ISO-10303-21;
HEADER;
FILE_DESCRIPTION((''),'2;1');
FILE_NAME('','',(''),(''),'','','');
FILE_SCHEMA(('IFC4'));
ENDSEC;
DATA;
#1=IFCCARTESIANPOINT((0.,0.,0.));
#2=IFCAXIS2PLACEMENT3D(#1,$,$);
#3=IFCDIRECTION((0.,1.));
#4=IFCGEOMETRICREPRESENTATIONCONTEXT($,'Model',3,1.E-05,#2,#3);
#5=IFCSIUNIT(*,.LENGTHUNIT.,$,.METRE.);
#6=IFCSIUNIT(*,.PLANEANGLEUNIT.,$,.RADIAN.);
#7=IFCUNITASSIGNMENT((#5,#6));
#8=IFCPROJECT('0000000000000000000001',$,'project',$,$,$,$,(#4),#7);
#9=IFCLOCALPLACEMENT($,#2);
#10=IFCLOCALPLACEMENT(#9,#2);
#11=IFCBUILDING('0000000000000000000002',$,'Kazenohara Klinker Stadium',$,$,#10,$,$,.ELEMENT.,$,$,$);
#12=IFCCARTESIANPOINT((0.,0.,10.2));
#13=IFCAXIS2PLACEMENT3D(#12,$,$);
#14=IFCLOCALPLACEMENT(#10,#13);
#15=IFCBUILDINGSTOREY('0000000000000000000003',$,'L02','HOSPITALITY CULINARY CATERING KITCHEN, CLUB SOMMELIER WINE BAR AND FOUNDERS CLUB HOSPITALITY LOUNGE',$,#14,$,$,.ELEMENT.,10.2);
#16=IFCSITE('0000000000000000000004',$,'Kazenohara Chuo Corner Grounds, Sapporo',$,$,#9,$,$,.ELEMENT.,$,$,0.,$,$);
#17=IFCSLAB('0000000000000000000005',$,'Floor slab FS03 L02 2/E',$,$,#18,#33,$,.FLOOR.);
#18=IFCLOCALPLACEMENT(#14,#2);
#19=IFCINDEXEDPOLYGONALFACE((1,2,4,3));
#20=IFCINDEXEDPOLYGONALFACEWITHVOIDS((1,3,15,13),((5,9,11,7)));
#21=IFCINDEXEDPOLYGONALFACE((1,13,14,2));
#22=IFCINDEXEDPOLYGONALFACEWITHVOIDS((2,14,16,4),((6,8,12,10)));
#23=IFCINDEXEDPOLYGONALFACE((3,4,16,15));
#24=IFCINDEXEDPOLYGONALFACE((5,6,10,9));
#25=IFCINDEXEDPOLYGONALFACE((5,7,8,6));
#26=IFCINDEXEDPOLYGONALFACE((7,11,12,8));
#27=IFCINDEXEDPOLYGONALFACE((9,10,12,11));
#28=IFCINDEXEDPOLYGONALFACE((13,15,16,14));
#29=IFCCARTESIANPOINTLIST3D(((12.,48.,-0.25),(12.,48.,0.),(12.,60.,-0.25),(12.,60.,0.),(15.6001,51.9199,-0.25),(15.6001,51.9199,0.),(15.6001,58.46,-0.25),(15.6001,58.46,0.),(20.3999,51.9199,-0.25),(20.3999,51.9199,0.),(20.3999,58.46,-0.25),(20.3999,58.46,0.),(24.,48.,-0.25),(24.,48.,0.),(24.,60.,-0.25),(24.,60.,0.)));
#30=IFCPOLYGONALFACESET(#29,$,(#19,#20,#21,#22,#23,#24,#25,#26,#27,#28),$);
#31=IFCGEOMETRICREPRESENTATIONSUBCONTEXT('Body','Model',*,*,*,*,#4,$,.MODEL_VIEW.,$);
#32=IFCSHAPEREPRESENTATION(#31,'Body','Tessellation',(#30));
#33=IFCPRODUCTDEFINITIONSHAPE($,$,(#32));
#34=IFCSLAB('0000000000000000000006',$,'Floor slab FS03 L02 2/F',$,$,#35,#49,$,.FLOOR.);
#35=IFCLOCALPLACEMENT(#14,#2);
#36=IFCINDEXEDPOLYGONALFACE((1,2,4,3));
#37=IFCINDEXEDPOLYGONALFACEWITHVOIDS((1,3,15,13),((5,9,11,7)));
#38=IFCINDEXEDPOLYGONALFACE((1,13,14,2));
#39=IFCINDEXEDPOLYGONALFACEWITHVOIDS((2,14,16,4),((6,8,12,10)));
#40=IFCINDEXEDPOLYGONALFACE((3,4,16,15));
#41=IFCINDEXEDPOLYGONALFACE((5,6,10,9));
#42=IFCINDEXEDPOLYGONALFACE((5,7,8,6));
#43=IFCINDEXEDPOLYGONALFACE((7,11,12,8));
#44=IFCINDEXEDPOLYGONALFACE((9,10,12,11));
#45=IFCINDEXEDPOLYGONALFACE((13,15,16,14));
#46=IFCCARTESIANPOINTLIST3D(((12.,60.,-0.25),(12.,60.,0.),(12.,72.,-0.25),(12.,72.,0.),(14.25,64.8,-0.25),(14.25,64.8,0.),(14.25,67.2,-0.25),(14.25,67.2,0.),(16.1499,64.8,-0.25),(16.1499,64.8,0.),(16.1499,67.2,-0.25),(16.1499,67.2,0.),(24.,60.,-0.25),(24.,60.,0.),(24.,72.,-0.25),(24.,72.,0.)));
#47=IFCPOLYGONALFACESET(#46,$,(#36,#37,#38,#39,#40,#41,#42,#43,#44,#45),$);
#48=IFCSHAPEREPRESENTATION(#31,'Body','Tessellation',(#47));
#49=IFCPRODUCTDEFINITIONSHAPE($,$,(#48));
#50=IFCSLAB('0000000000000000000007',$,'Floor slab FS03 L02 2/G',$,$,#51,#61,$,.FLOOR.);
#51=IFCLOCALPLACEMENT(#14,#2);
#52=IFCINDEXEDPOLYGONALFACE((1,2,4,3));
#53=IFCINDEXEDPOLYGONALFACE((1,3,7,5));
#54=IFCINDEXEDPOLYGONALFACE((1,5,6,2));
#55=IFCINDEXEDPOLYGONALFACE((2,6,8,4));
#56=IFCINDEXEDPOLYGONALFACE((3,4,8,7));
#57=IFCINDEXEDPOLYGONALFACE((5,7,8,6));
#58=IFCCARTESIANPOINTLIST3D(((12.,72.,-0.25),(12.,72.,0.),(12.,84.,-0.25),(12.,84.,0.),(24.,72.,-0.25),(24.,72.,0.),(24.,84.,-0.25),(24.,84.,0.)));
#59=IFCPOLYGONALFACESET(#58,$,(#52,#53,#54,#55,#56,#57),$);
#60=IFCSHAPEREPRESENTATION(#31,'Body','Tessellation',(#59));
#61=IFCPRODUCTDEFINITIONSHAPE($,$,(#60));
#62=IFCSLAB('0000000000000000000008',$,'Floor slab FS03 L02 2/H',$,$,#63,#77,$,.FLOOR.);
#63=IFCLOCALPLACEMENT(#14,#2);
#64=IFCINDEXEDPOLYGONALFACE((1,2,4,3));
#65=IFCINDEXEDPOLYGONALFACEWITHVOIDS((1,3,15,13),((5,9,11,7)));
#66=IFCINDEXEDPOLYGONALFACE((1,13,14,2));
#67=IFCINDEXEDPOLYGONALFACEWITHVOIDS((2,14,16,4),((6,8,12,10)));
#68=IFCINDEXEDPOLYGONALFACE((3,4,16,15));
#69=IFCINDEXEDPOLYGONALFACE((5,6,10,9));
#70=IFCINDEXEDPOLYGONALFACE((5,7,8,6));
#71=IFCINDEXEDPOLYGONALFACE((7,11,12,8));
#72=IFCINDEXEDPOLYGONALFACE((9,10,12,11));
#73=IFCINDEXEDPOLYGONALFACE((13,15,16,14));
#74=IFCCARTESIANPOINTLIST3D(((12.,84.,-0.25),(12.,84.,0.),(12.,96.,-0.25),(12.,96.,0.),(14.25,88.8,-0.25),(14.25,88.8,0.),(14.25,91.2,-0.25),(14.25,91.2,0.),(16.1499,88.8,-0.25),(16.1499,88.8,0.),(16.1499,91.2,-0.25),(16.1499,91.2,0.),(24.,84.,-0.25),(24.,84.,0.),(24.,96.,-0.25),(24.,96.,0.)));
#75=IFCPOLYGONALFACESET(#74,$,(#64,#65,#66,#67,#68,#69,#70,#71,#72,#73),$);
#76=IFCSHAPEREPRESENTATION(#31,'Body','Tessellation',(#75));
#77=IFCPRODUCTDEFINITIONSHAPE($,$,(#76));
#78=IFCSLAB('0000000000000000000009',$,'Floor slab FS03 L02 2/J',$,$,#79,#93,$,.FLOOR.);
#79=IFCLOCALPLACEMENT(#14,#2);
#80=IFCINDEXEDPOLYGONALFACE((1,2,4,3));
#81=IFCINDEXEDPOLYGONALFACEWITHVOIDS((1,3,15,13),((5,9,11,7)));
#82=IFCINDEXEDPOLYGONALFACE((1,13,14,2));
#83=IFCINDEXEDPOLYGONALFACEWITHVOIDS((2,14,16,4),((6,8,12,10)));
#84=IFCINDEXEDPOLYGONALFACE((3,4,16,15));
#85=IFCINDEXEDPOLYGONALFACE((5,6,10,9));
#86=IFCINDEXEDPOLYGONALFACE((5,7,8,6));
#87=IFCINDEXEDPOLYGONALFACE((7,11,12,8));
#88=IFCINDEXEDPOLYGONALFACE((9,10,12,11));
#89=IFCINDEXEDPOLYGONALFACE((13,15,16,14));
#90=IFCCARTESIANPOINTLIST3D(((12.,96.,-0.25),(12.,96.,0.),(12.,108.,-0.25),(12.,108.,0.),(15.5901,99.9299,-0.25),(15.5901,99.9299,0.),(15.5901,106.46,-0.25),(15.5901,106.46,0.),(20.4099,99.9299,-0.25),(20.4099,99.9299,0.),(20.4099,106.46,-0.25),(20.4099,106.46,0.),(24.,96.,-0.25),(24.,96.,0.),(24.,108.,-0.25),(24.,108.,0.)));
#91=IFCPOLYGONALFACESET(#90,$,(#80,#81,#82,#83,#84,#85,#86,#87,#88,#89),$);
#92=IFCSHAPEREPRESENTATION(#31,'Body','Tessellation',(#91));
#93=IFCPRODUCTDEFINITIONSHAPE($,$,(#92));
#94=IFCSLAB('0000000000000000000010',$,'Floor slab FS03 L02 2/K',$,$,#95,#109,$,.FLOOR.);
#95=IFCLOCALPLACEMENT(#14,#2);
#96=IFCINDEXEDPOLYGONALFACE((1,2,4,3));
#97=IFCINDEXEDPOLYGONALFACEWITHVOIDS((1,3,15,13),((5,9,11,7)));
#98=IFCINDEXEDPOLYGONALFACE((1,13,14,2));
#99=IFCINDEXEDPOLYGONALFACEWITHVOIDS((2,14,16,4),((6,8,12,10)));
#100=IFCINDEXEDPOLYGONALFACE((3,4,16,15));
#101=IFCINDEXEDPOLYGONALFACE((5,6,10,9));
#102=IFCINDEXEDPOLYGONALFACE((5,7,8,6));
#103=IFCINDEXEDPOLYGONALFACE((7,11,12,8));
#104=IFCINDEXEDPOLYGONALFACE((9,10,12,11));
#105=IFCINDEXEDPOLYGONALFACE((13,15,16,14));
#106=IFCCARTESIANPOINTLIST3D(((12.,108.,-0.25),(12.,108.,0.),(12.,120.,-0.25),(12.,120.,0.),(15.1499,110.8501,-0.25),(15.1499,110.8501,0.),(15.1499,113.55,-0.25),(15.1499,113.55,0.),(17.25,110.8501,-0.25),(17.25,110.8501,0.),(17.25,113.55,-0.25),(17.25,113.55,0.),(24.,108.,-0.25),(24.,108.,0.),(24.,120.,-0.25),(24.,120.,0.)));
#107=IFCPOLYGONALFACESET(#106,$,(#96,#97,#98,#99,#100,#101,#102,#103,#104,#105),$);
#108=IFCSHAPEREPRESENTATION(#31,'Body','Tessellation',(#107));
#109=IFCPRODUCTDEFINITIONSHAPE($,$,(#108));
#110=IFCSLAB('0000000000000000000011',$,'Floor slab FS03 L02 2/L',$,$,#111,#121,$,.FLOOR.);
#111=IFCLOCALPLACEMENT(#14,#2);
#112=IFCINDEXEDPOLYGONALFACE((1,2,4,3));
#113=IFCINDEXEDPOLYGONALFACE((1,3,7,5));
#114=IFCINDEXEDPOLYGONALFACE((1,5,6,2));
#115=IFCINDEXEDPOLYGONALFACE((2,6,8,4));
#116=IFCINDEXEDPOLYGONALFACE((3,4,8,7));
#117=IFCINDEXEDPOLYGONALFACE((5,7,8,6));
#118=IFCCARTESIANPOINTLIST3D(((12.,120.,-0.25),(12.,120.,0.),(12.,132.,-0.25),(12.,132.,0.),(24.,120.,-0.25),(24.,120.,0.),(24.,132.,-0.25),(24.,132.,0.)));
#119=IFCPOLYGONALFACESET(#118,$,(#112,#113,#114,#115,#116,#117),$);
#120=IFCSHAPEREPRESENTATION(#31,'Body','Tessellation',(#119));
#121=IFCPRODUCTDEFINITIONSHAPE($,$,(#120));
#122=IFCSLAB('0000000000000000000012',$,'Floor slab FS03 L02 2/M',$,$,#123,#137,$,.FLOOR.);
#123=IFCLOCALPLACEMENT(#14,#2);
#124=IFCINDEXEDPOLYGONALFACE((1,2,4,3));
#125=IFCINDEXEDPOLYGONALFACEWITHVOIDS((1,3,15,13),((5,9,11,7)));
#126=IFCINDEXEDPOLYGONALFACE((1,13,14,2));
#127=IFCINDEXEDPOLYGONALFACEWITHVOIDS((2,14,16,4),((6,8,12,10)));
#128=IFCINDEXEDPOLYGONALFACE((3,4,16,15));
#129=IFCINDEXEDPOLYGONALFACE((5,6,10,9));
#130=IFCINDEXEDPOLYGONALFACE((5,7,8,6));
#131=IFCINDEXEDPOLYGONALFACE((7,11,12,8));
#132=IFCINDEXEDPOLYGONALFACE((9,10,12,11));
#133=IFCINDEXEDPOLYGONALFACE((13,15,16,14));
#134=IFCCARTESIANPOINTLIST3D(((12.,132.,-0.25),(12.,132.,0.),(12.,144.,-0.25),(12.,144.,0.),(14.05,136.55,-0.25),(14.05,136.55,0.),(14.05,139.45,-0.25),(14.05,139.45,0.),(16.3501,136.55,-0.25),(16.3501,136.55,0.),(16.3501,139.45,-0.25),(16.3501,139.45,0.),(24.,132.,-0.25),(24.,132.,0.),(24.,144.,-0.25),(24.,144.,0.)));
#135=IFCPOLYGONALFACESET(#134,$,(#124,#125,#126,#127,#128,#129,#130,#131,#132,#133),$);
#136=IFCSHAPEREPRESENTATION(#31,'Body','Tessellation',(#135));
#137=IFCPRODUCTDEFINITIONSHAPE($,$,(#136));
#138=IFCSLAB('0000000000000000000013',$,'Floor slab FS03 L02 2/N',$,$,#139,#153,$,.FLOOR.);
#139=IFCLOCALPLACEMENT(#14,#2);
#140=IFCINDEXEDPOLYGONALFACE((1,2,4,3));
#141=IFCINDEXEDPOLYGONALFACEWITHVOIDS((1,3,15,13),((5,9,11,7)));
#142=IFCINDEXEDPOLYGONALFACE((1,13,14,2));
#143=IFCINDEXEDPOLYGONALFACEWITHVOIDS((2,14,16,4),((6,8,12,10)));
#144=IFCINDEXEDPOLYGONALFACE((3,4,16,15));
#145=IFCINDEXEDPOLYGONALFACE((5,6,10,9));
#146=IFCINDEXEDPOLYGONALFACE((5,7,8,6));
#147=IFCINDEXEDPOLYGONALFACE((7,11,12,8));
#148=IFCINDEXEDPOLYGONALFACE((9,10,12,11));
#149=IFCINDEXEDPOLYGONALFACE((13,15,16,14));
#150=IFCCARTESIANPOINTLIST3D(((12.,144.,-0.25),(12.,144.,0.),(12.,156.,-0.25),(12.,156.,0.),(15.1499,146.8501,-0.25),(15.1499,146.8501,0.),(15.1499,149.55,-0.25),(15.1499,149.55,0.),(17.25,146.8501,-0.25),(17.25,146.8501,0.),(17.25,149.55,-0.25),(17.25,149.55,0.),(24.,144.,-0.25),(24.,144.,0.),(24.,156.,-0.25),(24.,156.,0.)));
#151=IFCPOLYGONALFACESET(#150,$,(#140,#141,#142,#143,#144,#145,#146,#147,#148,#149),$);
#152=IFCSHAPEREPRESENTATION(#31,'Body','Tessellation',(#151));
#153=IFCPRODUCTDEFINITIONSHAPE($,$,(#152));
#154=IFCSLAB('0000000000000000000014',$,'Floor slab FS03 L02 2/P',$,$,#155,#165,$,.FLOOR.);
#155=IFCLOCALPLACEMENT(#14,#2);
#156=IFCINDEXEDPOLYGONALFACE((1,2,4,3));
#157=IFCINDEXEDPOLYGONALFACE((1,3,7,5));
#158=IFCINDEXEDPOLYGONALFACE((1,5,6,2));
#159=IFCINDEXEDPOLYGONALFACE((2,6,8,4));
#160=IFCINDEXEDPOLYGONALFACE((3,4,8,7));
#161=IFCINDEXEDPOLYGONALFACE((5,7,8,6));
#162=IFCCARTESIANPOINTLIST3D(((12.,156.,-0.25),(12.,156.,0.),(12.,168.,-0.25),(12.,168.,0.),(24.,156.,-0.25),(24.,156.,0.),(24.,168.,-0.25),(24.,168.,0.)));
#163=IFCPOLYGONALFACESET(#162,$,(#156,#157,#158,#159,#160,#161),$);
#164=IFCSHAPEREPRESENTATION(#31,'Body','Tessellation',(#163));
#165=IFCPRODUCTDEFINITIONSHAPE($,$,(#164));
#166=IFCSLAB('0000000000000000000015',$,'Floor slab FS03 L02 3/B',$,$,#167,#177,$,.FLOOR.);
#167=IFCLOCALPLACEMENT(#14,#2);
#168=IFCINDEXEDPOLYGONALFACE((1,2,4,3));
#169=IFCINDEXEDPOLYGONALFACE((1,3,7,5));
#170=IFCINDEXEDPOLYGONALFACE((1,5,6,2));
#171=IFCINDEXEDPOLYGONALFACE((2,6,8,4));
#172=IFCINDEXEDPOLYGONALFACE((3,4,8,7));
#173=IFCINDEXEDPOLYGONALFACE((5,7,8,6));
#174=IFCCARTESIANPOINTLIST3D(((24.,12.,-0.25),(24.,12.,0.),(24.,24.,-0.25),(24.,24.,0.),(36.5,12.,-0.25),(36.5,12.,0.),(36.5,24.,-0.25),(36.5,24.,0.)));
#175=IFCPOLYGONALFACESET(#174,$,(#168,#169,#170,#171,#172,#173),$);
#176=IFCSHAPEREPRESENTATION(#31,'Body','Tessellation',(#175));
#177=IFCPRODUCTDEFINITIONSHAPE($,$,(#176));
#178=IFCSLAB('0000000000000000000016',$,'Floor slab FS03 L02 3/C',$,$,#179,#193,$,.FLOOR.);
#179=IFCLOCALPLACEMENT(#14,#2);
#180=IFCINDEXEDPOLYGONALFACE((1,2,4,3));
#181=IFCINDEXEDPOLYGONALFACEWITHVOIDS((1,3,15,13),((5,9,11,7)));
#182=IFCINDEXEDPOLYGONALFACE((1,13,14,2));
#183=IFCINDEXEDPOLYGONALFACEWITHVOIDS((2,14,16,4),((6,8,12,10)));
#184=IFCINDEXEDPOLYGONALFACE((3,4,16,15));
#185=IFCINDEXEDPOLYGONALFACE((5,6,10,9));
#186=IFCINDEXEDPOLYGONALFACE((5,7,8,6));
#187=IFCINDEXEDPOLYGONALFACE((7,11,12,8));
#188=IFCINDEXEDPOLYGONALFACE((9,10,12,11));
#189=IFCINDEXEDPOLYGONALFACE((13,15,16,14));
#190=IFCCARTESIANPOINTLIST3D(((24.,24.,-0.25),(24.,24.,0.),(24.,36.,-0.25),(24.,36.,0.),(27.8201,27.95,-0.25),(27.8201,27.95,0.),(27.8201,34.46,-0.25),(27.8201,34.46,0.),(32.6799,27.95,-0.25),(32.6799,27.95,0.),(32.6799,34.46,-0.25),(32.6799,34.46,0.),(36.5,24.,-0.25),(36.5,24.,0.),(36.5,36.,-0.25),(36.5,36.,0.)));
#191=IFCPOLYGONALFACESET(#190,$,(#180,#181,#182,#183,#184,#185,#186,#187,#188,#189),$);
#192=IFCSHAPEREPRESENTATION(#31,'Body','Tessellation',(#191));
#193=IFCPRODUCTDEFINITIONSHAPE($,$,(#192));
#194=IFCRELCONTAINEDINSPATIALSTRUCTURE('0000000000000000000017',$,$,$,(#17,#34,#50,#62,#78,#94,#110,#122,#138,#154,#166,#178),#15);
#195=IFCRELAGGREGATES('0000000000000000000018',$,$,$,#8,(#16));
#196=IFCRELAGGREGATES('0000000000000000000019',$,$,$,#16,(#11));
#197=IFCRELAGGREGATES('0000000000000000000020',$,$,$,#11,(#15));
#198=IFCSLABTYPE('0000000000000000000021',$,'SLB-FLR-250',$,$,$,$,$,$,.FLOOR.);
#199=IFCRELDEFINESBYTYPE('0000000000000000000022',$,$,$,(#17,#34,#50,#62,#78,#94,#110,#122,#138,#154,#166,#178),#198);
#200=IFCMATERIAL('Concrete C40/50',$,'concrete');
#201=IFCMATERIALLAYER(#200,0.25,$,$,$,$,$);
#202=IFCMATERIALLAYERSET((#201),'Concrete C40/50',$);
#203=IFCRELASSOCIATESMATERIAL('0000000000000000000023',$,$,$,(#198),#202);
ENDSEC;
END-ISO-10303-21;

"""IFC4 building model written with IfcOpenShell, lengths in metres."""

from ifc_helpers import new_model, si_unit, direction, frame, origin, place, context, subcontext, project, spatial, polyline, outline, extrude, material, layer, layer_set, type_object, element, save


model = new_model("IFC4")

# Units and contexts
model_context = context("Model", 3, precision=1e-05, world=origin(), true_north=direction((0.0, 1.0)))
body_context = subcontext(model_context, "Body", "Model", "MODEL_VIEW")
ifc_project = project(units=[si_unit("LENGTHUNIT", "METRE"), si_unit("PLANEANGLEUNIT", "RADIAN")], contexts=[model_context])

# Site, building, storey
site_placement = place(None, origin())
site = spatial("IfcSite", under=ifc_project, at=site_placement, Name="Kazenohara Chuo Corner Grounds, Sapporo", CompositionType="ELEMENT", RefElevation=0.0)
building_placement = place(site_placement, origin())
building = spatial("IfcBuilding", under=site, at=building_placement, Name="Kazenohara Klinker Stadium", CompositionType="ELEMENT")
storey_placement = place(building_placement, frame((0.0, 0.0, 10.2)))
storey = spatial("IfcBuildingStorey", under=building, at=storey_placement, Name="L02", Description="HOSPITALITY CULINARY CATERING KITCHEN, CLUB SOMMELIER WINE BAR AND FOUNDERS CLUB HOSPITALITY LOUNGE", CompositionType="ELEMENT", Elevation=10.2)

# Slabs
ifc_material = material(Name="Concrete C40/50", Category="concrete")
ifc_layer = layer(ifc_material, 0.25)
ifc_layer_set = layer_set([ifc_layer], Name="Concrete C40/50")
slab_type = type_object("IfcSlabType", Name="SLB-FLR-250", PredefinedType="FLOOR", material=ifc_layer_set)
slab_1_placement = place(storey_placement, frame((0.0, 0.0, -0.25)))
element("IfcSlab", 1, at=slab_1_placement, inside=storey, type_object=slab_type, Name="Floor slab FS03 L02 2/E", PredefinedType="FLOOR", context=body_context, shape_type="SweptSolid", body=[
    extrude(outline(polyline([(12.0, 48.0), (24.0, 48.0), (24.0, 60.0), (12.0, 60.0), (12.0, 48.0)]), holes=[polyline([(20.3999, 51.9199), (20.3999, 58.46), (15.6001, 58.46), (15.6001, 51.9199), (20.3999, 51.9199)])]), origin(), (0.0, 0.0, 1.0), 0.25),
])
slab_2_placement = place(storey_placement, frame((0.0, 0.0, -0.25)))
element("IfcSlab", 2, at=slab_2_placement, inside=storey, type_object=slab_type, Name="Floor slab FS03 L02 2/F", PredefinedType="FLOOR", context=body_context, shape_type="SweptSolid", body=[
    extrude(outline(polyline([(12.0, 60.0), (24.0, 60.0), (24.0, 72.0), (12.0, 72.0), (12.0, 60.0)]), holes=[polyline([(14.25, 64.8), (16.1499, 64.8), (16.1499, 67.2), (14.25, 67.2), (14.25, 64.8)])]), origin(), (0.0, 0.0, 1.0), 0.25),
])
slab_3_placement = place(storey_placement, frame((0.0, 0.0, -0.25)))
element("IfcSlab", 3, at=slab_3_placement, inside=storey, type_object=slab_type, Name="Floor slab FS03 L02 2/G", PredefinedType="FLOOR", context=body_context, shape_type="SweptSolid", body=[
    extrude(outline(polyline([(12.0, 72.0), (24.0, 72.0), (24.0, 84.0), (12.0, 84.0), (12.0, 72.0)])), origin(), (0.0, 0.0, 1.0), 0.25),
])
slab_4_placement = place(storey_placement, frame((0.0, 0.0, -0.25)))
element("IfcSlab", 4, at=slab_4_placement, inside=storey, type_object=slab_type, Name="Floor slab FS03 L02 2/H", PredefinedType="FLOOR", context=body_context, shape_type="SweptSolid", body=[
    extrude(outline(polyline([(12.0, 84.0), (24.0, 84.0), (24.0, 96.0), (12.0, 96.0), (12.0, 84.0)]), holes=[polyline([(14.25, 88.8), (16.1499, 88.8), (16.1499, 91.2), (14.25, 91.2), (14.25, 88.8)])]), origin(), (0.0, 0.0, 1.0), 0.25),
])
slab_5_placement = place(storey_placement, frame((0.0, 0.0, -0.25)))
element("IfcSlab", 5, at=slab_5_placement, inside=storey, type_object=slab_type, Name="Floor slab FS03 L02 2/J", PredefinedType="FLOOR", context=body_context, shape_type="SweptSolid", body=[
    extrude(outline(polyline([(12.0, 96.0), (24.0, 96.0), (24.0, 108.0), (12.0, 108.0), (12.0, 96.0)]), holes=[polyline([(20.4099, 99.9299), (20.4099, 106.46), (15.5901, 106.46), (15.5901, 99.9299), (20.4099, 99.9299)])]), origin(), (0.0, 0.0, 1.0), 0.25),
])
slab_6_placement = place(storey_placement, frame((0.0, 0.0, -0.25)))
element("IfcSlab", 6, at=slab_6_placement, inside=storey, type_object=slab_type, Name="Floor slab FS03 L02 2/K", PredefinedType="FLOOR", context=body_context, shape_type="SweptSolid", body=[
    extrude(outline(polyline([(12.0, 108.0), (24.0, 108.0), (24.0, 120.0), (12.0, 120.0), (12.0, 108.0)]), holes=[polyline([(15.1499, 110.8501), (17.25, 110.8501), (17.25, 113.55), (15.1499, 113.55), (15.1499, 110.8501)])]), origin(), (0.0, 0.0, 1.0), 0.25),
])
slab_7_placement = place(storey_placement, frame((0.0, 0.0, -0.25)))
element("IfcSlab", 7, at=slab_7_placement, inside=storey, type_object=slab_type, Name="Floor slab FS03 L02 2/L", PredefinedType="FLOOR", context=body_context, shape_type="SweptSolid", body=[
    extrude(outline(polyline([(12.0, 120.0), (24.0, 120.0), (24.0, 132.0), (12.0, 132.0), (12.0, 120.0)])), origin(), (0.0, 0.0, 1.0), 0.25),
])
slab_8_placement = place(storey_placement, frame((0.0, 0.0, -0.25)))
element("IfcSlab", 8, at=slab_8_placement, inside=storey, type_object=slab_type, Name="Floor slab FS03 L02 2/M", PredefinedType="FLOOR", context=body_context, shape_type="SweptSolid", body=[
    extrude(outline(polyline([(12.0, 132.0), (24.0, 132.0), (24.0, 144.0), (12.0, 144.0), (12.0, 132.0)]), holes=[polyline([(14.05, 136.55), (16.3501, 136.55), (16.3501, 139.45), (14.05, 139.45), (14.05, 136.55)])]), origin(), (0.0, 0.0, 1.0), 0.25),
])
slab_9_placement = place(storey_placement, frame((0.0, 0.0, -0.25)))
element("IfcSlab", 9, at=slab_9_placement, inside=storey, type_object=slab_type, Name="Floor slab FS03 L02 2/N", PredefinedType="FLOOR", context=body_context, shape_type="SweptSolid", body=[
    extrude(outline(polyline([(12.0, 144.0), (24.0, 144.0), (24.0, 156.0), (12.0, 156.0), (12.0, 144.0)]), holes=[polyline([(15.1499, 146.8501), (17.25, 146.8501), (17.25, 149.55), (15.1499, 149.55), (15.1499, 146.8501)])]), origin(), (0.0, 0.0, 1.0), 0.25),
])
slab_10_placement = place(storey_placement, frame((0.0, 0.0, -0.25)))
element("IfcSlab", 10, at=slab_10_placement, inside=storey, type_object=slab_type, Name="Floor slab FS03 L02 2/P", PredefinedType="FLOOR", context=body_context, shape_type="SweptSolid", body=[
    extrude(outline(polyline([(12.0, 156.0), (24.0, 156.0), (24.0, 168.0), (12.0, 168.0), (12.0, 156.0)])), origin(), (0.0, 0.0, 1.0), 0.25),
])
slab_11_placement = place(storey_placement, frame((0.0, 0.0, -0.25)))
element("IfcSlab", 11, at=slab_11_placement, inside=storey, type_object=slab_type, Name="Floor slab FS03 L02 3/B", PredefinedType="FLOOR", context=body_context, shape_type="SweptSolid", body=[
    extrude(outline(polyline([(24.0, 12.0), (36.5, 12.0), (36.5, 24.0), (24.0, 24.0), (24.0, 12.0)])), origin(), (0.0, 0.0, 1.0), 0.25),
])
slab_12_placement = place(storey_placement, frame((0.0, 0.0, -0.25)))
element("IfcSlab", 12, at=slab_12_placement, inside=storey, type_object=slab_type, Name="Floor slab FS03 L02 3/C", PredefinedType="FLOOR", context=body_context, shape_type="SweptSolid", body=[
    extrude(outline(polyline([(24.0, 24.0), (36.5, 24.0), (36.5, 36.0), (24.0, 36.0), (24.0, 24.0)]), holes=[polyline([(32.6799, 27.95), (32.6799, 34.46), (27.8201, 34.46), (27.8201, 27.95), (32.6799, 27.95)])]), origin(), (0.0, 0.0, 1.0), 0.25),
])

save(model, "model.ifc")
